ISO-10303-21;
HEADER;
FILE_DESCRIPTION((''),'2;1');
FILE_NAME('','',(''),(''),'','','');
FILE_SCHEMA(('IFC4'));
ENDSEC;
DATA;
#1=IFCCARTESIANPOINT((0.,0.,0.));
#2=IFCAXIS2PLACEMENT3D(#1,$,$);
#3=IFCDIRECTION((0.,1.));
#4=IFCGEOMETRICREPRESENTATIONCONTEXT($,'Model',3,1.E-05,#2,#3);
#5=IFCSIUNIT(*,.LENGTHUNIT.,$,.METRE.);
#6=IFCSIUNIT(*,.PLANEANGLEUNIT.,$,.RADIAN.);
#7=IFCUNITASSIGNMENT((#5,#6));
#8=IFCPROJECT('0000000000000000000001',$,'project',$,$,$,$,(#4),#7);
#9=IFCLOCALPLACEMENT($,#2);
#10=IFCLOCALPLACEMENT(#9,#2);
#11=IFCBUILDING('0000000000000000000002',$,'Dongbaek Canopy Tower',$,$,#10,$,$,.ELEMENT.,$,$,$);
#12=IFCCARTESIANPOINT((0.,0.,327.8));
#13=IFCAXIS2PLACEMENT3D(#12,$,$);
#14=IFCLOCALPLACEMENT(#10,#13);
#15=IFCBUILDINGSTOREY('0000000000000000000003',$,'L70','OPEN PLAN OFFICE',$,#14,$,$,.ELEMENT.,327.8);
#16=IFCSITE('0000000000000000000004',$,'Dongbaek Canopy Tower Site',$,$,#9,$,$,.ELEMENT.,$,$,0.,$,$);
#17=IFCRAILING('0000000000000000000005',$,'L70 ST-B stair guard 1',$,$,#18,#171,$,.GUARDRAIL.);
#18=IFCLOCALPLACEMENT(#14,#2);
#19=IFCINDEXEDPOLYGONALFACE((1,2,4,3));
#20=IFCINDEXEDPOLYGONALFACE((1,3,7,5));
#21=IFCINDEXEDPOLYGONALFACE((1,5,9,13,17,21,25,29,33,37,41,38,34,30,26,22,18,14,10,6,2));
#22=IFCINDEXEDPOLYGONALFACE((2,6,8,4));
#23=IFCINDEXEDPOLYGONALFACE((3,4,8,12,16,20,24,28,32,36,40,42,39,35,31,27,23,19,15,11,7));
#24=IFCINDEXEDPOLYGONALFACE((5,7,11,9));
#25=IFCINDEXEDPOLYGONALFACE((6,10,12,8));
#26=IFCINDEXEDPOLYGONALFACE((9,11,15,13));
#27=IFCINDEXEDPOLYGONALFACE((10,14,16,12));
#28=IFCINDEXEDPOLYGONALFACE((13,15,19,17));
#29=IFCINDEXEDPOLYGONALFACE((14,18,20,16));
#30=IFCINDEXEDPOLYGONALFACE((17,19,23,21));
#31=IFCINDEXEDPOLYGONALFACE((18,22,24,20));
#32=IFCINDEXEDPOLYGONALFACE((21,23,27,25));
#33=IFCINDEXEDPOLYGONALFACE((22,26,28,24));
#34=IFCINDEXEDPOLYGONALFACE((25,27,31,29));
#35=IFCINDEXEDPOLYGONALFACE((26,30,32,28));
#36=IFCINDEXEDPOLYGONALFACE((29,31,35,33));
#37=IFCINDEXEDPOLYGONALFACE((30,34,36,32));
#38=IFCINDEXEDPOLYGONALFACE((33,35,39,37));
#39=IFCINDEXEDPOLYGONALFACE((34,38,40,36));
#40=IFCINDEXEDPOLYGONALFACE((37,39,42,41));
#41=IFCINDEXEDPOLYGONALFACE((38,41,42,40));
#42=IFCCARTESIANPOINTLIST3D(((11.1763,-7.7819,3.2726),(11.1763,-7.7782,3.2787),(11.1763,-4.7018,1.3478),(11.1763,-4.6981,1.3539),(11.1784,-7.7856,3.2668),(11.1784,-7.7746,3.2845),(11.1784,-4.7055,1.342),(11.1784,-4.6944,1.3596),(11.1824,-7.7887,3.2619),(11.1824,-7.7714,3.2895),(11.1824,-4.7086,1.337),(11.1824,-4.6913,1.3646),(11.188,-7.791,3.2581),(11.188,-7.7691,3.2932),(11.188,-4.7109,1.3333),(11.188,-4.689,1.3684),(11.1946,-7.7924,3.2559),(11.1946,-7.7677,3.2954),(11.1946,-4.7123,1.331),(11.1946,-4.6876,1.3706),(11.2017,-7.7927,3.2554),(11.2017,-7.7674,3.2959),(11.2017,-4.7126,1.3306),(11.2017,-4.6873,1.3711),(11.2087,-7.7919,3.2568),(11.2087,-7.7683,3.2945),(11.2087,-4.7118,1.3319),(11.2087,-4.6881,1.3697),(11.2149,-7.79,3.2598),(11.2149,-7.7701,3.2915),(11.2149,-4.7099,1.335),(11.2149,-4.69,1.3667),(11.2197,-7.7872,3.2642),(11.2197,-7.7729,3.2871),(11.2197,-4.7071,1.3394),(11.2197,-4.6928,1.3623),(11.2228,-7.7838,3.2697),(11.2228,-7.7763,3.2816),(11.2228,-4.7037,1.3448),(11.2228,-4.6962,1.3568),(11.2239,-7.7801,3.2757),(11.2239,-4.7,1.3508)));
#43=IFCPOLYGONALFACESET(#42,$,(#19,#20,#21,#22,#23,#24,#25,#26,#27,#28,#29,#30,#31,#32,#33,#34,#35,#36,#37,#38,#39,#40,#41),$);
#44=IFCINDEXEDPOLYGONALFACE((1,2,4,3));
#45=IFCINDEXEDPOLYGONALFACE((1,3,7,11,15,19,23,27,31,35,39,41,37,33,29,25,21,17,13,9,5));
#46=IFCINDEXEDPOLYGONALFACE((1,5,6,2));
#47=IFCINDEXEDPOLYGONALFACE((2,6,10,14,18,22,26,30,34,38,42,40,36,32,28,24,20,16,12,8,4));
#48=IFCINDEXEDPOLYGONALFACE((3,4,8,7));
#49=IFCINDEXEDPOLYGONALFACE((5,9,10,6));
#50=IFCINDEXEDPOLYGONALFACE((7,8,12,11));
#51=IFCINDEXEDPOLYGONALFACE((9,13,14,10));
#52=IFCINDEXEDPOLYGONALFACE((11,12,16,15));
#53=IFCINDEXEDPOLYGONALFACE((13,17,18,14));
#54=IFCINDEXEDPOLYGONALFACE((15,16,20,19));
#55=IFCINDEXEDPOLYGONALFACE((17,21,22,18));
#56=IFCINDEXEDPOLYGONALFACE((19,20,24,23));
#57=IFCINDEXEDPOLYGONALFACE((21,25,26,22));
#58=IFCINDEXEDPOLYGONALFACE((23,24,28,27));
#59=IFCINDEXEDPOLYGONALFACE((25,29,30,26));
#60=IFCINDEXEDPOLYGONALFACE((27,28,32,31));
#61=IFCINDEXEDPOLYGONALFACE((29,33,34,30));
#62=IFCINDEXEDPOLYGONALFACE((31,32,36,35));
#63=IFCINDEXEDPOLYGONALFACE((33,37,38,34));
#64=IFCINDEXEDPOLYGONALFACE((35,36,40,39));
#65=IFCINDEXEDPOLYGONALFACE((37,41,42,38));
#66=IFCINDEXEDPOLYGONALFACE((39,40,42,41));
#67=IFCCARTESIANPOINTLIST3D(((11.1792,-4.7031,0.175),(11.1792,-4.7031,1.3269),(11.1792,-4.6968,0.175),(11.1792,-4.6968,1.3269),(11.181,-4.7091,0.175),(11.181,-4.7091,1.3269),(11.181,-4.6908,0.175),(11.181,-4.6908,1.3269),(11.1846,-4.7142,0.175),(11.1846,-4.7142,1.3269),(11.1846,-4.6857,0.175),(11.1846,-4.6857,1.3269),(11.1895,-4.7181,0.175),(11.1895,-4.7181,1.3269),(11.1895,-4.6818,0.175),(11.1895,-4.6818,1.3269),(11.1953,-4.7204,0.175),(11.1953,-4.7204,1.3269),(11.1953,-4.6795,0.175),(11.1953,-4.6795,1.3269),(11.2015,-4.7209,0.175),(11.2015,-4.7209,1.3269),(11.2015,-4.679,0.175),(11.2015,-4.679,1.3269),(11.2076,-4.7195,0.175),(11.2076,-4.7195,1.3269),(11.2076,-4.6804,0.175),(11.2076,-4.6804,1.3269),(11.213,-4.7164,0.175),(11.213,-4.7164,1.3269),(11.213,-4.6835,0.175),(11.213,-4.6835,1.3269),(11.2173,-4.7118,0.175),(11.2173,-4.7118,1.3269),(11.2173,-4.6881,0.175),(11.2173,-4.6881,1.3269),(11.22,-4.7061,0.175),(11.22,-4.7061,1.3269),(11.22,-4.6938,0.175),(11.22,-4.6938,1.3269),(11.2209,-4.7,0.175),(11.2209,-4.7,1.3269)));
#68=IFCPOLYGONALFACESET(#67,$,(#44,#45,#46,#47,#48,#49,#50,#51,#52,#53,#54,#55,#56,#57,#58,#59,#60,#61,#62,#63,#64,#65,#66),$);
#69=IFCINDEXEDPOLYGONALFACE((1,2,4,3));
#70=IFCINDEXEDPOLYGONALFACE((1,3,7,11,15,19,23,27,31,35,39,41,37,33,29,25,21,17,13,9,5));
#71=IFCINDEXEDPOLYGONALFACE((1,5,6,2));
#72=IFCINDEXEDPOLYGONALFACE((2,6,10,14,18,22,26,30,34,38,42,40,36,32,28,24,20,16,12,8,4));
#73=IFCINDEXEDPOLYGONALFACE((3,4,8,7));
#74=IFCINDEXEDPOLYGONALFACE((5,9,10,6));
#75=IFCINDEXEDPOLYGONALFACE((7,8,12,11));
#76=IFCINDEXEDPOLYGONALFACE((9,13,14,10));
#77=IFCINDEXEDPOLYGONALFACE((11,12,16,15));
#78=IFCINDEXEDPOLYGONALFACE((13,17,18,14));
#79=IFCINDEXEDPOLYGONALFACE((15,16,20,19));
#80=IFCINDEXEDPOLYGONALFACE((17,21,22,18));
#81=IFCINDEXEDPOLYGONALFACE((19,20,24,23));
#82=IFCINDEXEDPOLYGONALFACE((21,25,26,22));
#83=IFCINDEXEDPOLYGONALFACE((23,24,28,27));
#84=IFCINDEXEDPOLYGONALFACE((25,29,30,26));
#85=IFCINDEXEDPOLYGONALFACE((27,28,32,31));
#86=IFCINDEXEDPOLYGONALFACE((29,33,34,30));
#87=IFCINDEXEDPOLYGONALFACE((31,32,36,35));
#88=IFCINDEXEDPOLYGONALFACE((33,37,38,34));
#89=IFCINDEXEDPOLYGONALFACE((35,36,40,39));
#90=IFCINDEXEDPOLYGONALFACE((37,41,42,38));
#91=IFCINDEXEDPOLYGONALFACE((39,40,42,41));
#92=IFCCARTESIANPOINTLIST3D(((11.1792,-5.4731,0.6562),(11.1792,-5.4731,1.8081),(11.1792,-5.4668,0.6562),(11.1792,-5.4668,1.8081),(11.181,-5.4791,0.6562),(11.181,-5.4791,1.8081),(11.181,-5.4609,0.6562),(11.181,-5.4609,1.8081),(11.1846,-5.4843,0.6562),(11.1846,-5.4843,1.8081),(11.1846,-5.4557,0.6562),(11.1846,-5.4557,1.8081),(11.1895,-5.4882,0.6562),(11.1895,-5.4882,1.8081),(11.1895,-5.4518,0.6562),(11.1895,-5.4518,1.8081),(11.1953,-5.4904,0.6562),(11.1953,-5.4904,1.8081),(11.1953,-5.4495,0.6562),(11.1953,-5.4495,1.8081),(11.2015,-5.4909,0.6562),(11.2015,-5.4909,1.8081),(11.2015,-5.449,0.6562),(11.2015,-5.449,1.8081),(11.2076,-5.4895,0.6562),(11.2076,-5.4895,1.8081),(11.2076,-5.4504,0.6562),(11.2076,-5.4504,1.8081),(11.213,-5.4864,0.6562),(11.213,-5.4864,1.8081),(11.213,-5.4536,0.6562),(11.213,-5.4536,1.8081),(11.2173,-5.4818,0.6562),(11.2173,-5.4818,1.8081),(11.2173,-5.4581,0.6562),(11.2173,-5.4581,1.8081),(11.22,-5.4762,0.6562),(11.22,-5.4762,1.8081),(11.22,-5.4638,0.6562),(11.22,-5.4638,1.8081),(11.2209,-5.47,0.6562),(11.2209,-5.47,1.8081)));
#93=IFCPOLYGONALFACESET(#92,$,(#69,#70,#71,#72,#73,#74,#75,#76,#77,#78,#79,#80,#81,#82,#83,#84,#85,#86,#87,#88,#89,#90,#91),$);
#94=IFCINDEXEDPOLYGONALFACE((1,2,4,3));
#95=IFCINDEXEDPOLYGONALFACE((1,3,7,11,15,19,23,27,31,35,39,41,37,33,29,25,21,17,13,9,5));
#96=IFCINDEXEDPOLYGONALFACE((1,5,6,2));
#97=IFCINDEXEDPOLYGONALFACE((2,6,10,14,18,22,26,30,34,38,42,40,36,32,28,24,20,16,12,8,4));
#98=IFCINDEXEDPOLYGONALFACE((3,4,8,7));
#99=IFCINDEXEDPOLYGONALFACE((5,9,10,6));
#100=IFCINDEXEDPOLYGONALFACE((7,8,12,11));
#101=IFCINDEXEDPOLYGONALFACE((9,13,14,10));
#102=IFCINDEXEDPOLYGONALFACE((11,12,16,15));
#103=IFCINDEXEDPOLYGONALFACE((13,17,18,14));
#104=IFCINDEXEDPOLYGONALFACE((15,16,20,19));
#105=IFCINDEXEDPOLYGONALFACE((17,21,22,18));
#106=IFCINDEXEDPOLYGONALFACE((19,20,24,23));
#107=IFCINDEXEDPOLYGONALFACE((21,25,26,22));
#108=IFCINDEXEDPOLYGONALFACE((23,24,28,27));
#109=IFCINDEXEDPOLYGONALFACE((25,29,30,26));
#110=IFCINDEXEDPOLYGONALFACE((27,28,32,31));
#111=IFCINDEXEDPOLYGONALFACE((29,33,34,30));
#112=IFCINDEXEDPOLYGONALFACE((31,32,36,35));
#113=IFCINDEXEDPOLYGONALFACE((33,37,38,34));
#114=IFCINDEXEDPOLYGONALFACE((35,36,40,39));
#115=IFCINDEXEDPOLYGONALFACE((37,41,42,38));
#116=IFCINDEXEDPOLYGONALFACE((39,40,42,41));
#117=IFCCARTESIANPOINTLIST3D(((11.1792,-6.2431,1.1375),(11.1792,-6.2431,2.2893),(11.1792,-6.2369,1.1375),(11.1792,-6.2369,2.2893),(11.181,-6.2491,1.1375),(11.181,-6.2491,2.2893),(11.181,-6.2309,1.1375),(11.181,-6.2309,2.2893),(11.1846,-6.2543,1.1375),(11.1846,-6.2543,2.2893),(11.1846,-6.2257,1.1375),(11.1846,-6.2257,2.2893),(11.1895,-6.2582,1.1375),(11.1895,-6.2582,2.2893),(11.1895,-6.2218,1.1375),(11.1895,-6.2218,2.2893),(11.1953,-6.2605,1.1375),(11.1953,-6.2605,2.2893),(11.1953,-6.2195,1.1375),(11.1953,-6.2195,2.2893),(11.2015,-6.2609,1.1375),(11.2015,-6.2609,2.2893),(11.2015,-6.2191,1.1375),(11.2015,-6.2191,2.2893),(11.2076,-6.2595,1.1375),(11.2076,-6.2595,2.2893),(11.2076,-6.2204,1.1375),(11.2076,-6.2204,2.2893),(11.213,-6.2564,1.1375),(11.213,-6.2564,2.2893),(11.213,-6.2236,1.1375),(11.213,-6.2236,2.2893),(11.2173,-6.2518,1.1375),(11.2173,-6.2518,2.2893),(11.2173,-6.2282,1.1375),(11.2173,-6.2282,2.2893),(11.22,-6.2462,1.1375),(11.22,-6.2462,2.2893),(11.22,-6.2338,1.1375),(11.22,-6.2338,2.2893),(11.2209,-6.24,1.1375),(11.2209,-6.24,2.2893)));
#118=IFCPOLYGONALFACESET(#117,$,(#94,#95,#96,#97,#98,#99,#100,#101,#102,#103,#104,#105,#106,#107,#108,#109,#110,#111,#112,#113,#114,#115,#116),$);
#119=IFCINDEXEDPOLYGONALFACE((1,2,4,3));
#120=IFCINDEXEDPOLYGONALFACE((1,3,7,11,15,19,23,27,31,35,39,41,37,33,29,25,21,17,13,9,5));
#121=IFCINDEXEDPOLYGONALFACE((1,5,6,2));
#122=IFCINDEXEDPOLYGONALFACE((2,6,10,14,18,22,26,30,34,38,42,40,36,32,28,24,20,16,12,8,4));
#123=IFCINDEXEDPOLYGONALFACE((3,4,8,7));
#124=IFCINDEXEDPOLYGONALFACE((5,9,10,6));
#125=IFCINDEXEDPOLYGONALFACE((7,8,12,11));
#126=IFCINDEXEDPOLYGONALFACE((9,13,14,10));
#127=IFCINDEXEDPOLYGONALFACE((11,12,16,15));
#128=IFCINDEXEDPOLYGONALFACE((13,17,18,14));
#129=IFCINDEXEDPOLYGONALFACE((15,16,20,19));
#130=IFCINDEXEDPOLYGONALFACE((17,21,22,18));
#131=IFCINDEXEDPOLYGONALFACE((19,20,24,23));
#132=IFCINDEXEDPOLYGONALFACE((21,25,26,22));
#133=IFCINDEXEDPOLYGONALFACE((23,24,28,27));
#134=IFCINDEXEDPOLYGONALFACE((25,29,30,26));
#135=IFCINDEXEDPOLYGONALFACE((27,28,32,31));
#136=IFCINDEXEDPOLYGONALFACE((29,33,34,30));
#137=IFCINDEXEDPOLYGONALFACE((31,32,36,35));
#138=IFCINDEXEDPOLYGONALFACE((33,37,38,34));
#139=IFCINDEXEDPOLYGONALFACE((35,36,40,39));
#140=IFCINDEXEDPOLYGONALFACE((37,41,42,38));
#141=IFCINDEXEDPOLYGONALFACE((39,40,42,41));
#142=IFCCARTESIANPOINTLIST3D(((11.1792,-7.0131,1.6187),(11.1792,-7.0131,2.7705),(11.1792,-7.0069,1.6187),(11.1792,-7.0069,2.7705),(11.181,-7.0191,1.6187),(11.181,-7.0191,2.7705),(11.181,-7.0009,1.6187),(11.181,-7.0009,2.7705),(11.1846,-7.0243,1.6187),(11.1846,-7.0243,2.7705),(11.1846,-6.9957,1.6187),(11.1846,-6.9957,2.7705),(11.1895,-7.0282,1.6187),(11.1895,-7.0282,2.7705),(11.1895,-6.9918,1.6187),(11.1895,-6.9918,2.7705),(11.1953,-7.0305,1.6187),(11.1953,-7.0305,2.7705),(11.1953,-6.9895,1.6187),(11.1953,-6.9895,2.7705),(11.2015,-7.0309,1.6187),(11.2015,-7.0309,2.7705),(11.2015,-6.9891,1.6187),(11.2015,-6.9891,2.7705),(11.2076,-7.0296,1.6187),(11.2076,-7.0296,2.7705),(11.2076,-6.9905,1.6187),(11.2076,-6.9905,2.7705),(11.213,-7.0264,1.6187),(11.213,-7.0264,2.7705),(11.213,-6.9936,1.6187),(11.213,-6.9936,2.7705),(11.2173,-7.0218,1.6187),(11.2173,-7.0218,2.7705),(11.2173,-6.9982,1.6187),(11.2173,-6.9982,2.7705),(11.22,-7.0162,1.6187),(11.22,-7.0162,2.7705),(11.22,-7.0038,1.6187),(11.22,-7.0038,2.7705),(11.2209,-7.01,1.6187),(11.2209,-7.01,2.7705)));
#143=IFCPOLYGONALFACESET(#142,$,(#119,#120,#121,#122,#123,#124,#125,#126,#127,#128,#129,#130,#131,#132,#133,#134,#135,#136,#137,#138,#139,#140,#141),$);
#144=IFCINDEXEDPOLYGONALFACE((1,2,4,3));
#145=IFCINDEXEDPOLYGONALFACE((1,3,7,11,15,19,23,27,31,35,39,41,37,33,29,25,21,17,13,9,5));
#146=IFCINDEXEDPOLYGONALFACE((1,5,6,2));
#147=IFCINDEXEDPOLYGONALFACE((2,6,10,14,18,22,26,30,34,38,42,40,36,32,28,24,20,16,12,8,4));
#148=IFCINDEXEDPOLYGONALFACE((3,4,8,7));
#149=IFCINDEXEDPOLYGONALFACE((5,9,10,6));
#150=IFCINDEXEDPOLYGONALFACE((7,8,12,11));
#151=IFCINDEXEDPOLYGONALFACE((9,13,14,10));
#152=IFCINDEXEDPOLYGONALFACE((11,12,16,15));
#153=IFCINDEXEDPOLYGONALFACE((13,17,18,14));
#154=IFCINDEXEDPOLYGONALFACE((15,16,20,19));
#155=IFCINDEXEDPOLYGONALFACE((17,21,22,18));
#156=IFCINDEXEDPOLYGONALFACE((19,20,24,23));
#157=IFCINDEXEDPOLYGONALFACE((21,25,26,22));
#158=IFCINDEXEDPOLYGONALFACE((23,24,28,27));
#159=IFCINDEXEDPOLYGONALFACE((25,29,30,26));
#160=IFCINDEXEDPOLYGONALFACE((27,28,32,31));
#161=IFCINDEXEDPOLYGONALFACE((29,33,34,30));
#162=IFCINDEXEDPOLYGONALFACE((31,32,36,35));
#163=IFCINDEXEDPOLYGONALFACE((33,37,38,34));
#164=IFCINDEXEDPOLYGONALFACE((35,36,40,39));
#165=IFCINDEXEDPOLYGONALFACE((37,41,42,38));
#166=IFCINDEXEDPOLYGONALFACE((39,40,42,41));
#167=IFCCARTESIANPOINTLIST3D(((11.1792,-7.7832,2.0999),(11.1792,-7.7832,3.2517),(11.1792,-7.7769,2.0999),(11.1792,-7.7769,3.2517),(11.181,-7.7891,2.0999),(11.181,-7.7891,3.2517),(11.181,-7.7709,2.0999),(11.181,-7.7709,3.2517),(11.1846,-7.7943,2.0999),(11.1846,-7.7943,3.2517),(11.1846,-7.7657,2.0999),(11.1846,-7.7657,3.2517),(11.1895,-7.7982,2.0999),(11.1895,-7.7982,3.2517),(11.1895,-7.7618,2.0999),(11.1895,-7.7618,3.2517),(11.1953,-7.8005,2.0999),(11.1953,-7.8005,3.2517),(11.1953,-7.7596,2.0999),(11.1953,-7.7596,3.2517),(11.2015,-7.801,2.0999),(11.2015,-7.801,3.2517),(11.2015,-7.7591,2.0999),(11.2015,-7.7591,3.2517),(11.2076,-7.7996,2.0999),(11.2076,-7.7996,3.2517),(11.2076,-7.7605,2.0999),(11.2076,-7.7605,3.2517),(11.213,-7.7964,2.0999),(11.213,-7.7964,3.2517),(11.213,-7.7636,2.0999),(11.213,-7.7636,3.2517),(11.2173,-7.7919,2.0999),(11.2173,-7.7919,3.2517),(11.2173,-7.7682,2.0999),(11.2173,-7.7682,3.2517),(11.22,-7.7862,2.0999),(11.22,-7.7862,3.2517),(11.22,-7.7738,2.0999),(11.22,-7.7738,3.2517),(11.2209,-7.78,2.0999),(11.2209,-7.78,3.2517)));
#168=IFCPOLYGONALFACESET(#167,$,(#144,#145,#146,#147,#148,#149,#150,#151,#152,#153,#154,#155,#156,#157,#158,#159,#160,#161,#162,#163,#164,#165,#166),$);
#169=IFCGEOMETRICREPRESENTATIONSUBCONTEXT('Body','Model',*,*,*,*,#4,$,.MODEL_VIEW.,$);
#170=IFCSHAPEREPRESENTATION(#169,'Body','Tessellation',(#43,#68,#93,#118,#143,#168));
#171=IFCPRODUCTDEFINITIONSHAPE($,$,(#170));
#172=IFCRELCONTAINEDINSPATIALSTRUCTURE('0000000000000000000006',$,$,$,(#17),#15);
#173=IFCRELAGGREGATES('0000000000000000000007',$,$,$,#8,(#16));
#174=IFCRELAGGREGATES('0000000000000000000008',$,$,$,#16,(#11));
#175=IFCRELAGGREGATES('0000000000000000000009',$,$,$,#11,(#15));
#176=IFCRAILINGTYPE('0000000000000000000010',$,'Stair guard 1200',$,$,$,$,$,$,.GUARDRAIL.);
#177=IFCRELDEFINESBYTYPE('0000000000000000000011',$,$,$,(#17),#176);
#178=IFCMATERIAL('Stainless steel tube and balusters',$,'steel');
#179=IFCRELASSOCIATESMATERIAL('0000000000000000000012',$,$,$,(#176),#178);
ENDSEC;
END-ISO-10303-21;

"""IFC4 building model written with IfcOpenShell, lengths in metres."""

from ifc_helpers import new_model, si_unit, direction, frame, origin, origin_2d, place, context, subcontext, project, spatial, circle, extrude, material, type_object, element, save


model = new_model("IFC4")

# Units and contexts
model_context = context("Model", 3, precision=1e-05, world=origin(), true_north=direction((0.0, 1.0)))
body_context = subcontext(model_context, "Body", "Model", "MODEL_VIEW")
ifc_project = project(units=[si_unit("LENGTHUNIT", "METRE"), si_unit("PLANEANGLEUNIT", "RADIAN")], contexts=[model_context])

# Site, building, storey
site_placement = place(None, origin())
site = spatial("IfcSite", under=ifc_project, at=site_placement, Name="Dongbaek Canopy Tower Site", CompositionType="ELEMENT", RefElevation=0.0)
building_placement = place(site_placement, origin())
building = spatial("IfcBuilding", under=site, at=building_placement, Name="Dongbaek Canopy Tower", CompositionType="ELEMENT")
storey_placement = place(building_placement, frame((0.0, 0.0, 327.8)))
storey = spatial("IfcBuildingStorey", under=building, at=storey_placement, Name="L70", Description="OPEN PLAN OFFICE", CompositionType="ELEMENT", Elevation=327.8)

# Railing
ifc_material_1 = material(Name="Stainless steel tube and balusters", Category="steel")
railing_type_1 = type_object("IfcRailingType", Name="Stair guard 1200", PredefinedType="GUARDRAIL", material=ifc_material_1)
railing_1_placement = place(storey_placement, frame((11.2, -4.7, 0.175)))
element("IfcRailing", 1, at=railing_1_placement, inside=storey, type_object=railing_type_1, Name="L70 ST-B stair guard 1", PredefinedType="GUARDRAIL", context=body_context, shape_type="SweptSolid", body=[
    extrude(circle(Radius=0.0239, at=origin_2d()), frame((0.0, 0.0, 1.1758), z_axis=(0.0, -0.848029, 0.529951), x_axis=(1.0, 0.0, 0.0)), (0.0, 0.0, 1.0), 3.6321),
    extrude(circle(Radius=0.021, at=origin_2d()), origin(), (0.0, 0.0, 1.0), 1.1519),
    extrude(circle(Radius=0.021, at=origin_2d()), frame((0.0, -0.77, 0.4812)), (0.0, 0.0, 1.0), 1.1519),
    extrude(circle(Radius=0.021, at=origin_2d()), frame((0.0, -1.54, 0.9624)), (0.0, 0.0, 1.0), 1.1519),
    extrude(circle(Radius=0.021, at=origin_2d()), frame((0.0, -2.3101, 1.4436)), (0.0, 0.0, 1.0), 1.1519),
    extrude(circle(Radius=0.021, at=origin_2d()), frame((0.0, -3.0801, 1.9248)), (0.0, 0.0, 1.0), 1.1519),
])

save(model, "model.ifc")
